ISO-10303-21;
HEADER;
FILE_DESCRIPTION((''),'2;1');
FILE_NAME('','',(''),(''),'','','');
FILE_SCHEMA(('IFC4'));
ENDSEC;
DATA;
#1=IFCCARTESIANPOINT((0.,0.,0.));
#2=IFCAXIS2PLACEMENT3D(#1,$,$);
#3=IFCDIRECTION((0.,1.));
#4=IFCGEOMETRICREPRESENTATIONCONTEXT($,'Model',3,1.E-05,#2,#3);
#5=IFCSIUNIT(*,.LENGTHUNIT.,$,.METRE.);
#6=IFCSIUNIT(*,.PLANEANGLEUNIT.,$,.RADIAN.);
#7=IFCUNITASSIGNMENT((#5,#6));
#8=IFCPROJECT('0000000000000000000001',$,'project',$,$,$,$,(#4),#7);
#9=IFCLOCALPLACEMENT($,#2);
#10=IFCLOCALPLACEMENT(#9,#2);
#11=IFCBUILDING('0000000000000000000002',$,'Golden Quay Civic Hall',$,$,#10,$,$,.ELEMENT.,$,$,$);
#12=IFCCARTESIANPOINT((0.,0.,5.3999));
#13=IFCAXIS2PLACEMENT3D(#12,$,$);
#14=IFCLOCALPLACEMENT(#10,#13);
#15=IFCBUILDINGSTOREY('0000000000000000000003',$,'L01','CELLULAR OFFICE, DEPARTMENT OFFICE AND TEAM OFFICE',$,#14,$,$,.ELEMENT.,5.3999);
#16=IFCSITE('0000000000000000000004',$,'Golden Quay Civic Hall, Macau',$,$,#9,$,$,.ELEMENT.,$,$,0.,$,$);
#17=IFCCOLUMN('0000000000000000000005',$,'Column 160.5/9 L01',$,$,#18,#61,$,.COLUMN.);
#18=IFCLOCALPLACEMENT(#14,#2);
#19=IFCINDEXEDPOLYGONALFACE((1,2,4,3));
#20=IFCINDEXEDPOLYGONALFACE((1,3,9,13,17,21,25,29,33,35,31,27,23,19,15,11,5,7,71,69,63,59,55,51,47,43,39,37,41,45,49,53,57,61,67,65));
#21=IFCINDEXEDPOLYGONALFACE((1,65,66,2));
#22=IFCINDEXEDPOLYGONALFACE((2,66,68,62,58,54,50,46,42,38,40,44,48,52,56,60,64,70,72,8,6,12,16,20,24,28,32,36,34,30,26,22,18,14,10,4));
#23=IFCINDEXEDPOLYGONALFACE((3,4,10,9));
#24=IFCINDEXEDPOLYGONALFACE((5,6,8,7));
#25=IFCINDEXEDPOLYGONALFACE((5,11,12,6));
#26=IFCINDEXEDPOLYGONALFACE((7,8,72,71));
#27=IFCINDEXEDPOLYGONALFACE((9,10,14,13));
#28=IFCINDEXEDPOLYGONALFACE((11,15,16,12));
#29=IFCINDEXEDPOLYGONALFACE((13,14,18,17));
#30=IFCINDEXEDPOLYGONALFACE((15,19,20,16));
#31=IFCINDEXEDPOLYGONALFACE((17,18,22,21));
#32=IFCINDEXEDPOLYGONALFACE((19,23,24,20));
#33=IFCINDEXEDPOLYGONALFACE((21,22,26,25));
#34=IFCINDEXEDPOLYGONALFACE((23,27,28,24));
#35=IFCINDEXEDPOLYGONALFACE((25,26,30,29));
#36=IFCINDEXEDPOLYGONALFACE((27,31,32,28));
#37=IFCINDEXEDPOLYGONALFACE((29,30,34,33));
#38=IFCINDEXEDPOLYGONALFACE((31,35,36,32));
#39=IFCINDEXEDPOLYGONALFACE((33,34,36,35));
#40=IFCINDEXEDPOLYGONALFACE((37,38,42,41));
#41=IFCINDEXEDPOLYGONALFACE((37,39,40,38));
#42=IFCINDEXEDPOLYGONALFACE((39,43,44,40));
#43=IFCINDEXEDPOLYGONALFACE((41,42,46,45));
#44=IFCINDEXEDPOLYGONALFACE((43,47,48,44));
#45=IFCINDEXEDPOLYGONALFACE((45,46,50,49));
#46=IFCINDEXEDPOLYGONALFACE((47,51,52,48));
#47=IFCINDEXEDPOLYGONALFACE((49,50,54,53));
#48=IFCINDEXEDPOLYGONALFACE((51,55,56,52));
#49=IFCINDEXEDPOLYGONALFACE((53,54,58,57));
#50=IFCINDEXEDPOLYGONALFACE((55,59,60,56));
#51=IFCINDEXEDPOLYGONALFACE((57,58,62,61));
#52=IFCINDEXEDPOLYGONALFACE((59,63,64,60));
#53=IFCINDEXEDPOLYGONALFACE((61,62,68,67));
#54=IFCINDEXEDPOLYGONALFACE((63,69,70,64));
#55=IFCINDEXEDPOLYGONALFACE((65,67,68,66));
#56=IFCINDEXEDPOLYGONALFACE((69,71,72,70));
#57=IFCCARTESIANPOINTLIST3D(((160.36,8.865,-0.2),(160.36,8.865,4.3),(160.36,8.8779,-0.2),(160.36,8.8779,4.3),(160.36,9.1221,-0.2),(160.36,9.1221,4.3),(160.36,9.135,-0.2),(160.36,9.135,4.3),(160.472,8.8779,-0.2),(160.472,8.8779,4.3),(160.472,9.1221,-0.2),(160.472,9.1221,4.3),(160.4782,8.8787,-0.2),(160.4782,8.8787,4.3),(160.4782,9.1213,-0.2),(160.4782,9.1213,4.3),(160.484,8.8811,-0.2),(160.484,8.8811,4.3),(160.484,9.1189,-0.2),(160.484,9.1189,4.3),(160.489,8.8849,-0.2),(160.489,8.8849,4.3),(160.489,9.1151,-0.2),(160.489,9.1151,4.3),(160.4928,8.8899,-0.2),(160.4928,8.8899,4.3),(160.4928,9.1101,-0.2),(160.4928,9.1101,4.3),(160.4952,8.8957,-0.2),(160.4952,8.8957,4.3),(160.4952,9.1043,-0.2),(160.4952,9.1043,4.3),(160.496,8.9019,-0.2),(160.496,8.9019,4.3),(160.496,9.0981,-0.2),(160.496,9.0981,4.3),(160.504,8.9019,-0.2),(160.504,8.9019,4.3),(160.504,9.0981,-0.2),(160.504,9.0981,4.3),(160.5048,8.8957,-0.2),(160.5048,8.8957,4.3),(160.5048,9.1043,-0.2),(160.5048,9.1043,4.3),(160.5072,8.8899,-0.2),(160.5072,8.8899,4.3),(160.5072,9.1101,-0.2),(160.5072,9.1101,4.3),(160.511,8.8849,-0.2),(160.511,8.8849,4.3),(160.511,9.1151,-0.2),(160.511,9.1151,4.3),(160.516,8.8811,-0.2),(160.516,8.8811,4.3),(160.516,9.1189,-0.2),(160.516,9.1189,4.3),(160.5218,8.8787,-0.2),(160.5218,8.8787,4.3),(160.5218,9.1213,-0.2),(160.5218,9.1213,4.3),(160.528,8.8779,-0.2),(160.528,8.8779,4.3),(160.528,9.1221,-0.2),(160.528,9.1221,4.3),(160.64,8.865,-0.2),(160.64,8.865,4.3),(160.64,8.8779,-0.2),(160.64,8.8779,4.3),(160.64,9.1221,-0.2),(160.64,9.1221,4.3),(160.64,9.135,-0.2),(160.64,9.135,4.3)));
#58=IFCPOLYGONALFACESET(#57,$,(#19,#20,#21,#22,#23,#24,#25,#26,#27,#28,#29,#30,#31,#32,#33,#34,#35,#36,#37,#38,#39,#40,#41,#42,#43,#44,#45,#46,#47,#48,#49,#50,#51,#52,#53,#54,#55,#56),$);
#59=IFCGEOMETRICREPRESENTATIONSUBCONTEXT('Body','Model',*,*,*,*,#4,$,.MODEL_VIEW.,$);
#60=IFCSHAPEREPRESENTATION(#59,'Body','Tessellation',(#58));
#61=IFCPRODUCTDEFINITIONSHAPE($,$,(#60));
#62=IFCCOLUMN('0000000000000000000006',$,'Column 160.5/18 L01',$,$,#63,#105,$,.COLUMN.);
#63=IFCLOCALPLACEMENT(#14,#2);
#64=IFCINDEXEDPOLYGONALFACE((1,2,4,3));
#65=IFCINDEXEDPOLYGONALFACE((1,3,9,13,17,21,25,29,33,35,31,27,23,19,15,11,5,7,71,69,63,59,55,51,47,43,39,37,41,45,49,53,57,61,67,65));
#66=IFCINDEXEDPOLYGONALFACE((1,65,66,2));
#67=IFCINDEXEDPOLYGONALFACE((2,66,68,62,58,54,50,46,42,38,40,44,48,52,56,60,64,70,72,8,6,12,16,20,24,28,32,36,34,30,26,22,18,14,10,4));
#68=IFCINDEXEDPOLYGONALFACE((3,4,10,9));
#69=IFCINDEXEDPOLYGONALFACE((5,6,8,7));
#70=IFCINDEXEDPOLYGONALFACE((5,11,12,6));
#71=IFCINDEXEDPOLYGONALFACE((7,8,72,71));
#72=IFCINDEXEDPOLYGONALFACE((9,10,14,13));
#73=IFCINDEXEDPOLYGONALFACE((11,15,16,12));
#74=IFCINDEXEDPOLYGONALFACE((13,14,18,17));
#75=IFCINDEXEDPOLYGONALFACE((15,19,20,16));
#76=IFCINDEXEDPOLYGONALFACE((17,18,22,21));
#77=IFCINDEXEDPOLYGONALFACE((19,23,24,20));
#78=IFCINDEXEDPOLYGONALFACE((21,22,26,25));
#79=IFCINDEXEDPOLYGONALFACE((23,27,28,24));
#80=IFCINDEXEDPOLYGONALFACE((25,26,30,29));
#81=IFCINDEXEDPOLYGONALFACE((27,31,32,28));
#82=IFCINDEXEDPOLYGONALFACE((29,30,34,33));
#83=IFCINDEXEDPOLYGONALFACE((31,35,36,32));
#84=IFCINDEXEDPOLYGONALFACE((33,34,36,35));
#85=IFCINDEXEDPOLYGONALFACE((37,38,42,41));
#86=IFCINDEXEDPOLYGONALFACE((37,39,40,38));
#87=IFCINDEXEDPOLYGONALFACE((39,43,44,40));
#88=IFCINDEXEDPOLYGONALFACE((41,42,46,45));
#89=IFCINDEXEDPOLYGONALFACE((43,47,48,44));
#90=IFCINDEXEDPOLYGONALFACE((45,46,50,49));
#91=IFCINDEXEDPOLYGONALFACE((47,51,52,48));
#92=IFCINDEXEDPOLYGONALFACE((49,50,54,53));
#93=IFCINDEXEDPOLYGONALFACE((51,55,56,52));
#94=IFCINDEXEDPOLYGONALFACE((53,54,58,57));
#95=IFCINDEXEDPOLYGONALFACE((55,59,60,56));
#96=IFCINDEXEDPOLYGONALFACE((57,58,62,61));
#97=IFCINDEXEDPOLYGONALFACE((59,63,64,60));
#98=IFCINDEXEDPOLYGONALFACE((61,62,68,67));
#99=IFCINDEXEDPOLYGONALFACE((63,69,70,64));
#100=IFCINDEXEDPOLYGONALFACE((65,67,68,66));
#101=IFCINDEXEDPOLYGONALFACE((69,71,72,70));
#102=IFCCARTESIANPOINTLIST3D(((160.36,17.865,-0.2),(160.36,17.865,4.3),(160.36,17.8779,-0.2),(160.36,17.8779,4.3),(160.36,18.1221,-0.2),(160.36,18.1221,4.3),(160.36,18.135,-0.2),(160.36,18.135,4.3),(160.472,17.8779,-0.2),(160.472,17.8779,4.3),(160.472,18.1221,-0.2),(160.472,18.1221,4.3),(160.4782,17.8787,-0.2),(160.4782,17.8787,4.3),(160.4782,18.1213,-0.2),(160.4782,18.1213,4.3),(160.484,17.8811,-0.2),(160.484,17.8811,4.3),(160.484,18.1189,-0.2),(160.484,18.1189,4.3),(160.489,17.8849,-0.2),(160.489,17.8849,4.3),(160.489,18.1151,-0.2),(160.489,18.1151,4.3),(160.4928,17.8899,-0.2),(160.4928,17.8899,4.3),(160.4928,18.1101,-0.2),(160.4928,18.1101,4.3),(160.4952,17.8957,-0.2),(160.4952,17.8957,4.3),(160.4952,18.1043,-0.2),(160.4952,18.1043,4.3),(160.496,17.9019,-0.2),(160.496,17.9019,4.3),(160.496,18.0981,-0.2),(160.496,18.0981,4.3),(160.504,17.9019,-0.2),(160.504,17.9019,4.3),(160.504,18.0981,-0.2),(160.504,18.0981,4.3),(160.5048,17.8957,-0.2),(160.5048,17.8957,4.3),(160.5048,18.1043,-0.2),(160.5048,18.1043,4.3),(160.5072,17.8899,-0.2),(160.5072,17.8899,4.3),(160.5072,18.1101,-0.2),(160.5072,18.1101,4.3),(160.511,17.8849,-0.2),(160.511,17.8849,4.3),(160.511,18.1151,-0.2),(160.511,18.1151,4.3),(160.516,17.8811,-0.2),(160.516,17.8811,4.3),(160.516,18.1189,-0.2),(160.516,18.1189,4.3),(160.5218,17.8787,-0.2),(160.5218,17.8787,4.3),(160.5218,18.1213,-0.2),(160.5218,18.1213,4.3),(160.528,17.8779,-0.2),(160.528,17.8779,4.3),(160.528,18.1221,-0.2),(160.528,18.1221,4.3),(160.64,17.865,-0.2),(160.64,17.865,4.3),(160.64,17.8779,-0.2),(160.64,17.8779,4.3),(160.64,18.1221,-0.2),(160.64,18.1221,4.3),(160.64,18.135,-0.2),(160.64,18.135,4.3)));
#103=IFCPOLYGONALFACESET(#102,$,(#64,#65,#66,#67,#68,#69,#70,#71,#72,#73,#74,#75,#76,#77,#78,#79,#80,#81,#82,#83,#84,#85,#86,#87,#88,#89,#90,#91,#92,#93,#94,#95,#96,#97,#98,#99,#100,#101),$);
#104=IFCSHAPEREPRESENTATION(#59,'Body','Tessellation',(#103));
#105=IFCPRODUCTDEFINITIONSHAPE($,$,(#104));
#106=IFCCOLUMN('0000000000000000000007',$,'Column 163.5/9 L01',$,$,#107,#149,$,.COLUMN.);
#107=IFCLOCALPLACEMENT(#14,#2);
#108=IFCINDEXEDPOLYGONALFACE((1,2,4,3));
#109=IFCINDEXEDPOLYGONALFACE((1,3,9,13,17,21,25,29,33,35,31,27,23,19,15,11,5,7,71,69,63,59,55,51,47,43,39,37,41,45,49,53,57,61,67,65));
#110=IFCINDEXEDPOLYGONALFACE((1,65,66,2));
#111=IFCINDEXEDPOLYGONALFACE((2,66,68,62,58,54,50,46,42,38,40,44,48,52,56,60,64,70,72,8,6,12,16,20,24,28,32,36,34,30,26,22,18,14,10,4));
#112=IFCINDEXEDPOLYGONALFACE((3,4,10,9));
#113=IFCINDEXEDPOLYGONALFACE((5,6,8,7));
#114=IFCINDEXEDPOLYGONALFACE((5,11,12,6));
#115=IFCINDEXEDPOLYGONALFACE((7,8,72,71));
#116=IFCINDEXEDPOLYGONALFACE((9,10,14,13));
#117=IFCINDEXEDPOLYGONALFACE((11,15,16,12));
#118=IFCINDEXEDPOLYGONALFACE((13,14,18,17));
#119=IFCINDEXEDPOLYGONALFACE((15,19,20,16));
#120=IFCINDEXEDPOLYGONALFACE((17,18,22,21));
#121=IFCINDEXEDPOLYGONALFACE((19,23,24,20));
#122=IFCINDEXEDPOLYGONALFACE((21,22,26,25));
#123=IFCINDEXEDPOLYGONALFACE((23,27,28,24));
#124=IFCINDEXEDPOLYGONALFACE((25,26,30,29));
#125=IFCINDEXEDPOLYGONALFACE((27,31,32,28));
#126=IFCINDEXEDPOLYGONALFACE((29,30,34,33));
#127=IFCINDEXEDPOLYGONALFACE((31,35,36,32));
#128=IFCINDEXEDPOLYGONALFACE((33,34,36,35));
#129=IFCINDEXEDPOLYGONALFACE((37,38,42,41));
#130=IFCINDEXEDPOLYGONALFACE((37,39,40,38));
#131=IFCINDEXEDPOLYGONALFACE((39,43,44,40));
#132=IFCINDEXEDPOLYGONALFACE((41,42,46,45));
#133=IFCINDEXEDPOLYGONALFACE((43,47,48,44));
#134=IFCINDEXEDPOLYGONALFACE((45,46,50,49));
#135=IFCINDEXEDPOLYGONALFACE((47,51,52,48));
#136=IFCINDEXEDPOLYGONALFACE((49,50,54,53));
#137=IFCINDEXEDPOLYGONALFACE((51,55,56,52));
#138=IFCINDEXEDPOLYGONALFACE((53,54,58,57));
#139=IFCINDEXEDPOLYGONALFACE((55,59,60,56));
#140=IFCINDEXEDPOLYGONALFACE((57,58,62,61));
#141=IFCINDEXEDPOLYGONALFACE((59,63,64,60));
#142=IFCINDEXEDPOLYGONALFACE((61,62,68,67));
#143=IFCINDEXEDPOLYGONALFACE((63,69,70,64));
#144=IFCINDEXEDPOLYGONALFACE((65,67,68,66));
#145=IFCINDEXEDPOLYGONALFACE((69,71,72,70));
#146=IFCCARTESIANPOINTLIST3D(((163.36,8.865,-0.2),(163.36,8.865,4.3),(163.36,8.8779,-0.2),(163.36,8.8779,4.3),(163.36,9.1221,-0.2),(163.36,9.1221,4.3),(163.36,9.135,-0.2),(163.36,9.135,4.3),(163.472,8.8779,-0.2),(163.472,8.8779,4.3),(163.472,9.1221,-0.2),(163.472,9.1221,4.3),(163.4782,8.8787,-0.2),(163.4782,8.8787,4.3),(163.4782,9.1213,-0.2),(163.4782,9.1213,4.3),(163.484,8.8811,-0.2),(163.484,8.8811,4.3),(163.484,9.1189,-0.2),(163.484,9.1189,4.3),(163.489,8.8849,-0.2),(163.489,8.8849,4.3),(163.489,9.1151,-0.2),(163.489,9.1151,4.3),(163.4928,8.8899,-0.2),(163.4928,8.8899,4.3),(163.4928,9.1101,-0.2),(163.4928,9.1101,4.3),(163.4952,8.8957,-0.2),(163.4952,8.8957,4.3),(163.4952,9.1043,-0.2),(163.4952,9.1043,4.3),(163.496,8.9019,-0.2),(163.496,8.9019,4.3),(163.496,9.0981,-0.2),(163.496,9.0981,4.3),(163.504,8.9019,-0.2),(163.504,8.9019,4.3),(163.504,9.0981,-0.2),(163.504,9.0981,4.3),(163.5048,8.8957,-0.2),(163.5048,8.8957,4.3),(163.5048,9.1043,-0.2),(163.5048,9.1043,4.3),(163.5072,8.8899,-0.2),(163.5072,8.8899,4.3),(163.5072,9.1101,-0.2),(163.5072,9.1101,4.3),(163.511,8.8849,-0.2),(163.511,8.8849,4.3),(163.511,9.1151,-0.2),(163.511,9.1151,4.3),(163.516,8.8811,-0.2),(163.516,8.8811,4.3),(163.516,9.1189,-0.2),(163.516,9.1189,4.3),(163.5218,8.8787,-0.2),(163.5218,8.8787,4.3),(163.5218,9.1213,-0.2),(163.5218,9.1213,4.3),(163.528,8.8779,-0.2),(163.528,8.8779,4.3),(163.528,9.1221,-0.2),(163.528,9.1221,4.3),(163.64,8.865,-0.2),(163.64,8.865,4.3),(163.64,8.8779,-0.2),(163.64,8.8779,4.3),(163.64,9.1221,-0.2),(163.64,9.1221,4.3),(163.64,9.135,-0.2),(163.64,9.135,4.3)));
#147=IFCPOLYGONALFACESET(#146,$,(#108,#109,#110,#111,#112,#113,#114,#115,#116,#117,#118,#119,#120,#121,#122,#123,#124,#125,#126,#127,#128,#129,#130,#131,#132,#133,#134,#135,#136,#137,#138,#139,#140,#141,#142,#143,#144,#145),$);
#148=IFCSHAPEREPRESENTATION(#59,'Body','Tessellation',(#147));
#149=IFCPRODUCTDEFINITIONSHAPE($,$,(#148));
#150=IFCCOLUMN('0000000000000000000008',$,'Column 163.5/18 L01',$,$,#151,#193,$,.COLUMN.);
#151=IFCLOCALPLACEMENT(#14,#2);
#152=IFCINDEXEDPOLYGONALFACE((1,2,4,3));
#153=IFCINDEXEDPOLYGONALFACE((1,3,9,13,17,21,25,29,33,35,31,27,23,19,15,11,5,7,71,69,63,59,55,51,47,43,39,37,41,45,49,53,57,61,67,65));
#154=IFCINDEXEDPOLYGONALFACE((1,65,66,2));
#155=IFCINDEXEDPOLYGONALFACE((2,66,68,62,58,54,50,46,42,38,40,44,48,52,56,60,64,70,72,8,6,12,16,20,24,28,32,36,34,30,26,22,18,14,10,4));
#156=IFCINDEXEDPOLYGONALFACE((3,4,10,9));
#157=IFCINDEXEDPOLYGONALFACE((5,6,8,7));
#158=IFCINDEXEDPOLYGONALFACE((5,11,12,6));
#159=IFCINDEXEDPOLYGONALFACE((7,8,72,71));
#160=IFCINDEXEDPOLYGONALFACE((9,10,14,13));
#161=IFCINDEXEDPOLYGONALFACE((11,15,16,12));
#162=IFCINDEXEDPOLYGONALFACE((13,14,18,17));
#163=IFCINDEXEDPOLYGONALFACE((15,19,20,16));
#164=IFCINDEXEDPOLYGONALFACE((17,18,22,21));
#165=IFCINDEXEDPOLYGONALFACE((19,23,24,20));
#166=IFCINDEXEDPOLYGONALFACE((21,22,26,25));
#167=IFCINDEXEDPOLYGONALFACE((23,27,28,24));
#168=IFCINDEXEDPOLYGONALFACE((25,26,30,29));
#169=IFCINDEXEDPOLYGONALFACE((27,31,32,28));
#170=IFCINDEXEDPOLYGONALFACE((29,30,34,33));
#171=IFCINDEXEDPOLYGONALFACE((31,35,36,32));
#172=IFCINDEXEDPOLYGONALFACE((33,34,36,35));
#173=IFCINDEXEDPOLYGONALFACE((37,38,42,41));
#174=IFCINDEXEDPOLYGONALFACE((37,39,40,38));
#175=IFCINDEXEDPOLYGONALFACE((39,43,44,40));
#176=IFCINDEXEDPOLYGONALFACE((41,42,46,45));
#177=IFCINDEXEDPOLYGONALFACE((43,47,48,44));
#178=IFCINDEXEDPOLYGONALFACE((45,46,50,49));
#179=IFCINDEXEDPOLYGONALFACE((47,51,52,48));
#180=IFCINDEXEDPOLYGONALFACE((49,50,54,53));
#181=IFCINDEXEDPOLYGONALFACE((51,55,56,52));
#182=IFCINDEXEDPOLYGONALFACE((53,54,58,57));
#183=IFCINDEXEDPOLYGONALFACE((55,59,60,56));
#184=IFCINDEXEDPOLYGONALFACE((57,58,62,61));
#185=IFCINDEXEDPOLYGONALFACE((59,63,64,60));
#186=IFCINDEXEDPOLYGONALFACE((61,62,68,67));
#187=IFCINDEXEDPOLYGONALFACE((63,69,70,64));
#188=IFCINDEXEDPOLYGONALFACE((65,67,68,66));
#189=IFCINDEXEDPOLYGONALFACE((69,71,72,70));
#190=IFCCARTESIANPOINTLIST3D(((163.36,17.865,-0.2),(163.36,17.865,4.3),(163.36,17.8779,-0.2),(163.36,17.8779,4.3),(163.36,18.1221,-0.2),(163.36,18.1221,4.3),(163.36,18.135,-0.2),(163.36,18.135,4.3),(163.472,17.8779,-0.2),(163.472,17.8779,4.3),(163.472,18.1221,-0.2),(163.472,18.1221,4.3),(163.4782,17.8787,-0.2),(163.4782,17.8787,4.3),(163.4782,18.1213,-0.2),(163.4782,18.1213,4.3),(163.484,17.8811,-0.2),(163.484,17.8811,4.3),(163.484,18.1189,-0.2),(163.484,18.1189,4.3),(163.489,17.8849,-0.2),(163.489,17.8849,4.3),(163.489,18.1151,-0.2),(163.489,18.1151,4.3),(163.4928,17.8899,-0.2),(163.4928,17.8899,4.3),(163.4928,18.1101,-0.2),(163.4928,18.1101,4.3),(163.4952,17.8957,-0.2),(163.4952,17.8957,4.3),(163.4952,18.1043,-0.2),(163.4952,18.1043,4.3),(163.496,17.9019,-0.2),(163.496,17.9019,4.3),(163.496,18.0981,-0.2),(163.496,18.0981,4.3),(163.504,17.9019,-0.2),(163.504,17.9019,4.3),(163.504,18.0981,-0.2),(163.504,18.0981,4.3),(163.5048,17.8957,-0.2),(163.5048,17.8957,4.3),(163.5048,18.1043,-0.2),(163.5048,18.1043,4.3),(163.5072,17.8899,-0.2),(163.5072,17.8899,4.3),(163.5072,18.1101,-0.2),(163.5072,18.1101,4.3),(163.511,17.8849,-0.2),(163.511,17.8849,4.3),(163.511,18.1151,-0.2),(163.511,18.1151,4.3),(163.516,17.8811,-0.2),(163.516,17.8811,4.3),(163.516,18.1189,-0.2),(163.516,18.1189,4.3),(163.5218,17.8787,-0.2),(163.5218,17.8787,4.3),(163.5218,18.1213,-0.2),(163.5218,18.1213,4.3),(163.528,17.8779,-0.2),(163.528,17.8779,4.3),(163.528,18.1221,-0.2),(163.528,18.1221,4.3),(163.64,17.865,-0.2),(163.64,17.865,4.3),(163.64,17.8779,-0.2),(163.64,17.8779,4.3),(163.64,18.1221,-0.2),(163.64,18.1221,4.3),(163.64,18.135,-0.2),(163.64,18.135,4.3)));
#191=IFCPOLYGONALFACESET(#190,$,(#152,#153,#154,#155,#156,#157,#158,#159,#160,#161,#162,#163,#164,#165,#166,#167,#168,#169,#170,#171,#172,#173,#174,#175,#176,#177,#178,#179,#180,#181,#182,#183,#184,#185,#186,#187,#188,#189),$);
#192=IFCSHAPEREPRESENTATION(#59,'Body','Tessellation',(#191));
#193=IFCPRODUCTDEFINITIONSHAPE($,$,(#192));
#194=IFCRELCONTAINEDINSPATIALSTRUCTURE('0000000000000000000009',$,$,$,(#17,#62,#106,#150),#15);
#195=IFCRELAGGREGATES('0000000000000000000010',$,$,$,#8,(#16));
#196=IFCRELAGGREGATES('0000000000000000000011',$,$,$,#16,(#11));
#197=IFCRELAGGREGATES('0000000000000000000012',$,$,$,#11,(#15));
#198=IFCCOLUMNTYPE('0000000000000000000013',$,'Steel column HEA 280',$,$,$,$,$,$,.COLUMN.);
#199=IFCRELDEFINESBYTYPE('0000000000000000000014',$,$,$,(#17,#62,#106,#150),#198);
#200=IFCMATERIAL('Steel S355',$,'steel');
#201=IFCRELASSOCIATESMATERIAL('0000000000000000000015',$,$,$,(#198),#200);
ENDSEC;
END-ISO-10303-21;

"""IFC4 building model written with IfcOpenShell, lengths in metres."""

from ifc_helpers import new_model, si_unit, direction, frame, origin, origin_2d, place, context, subcontext, project, spatial, i_section, extrude, material, material_profile, profile_set, type_object, element, save


model = new_model("IFC4")

# Units and contexts
model_context = context("Model", 3, precision=1e-05, world=origin(), true_north=direction((0.0, 1.0)))
body_context = subcontext(model_context, "Body", "Model", "MODEL_VIEW")
ifc_project = project(units=[si_unit("LENGTHUNIT", "METRE"), si_unit("PLANEANGLEUNIT", "RADIAN")], contexts=[model_context])

# Site, building, storey
site_placement = place(None, origin())
site = spatial("IfcSite", under=ifc_project, at=site_placement, Name="Golden Quay Civic Hall, Macau", CompositionType="ELEMENT", RefElevation=0.0)
building_placement = place(site_placement, origin())
building = spatial("IfcBuilding", under=site, at=building_placement, Name="Golden Quay Civic Hall", CompositionType="ELEMENT")
storey_placement = place(building_placement, frame((0.0, 0.0, 5.3999)))
storey = spatial("IfcBuildingStorey", under=building, at=storey_placement, Name="L01", Description="CELLULAR OFFICE, DEPARTMENT OFFICE AND TEAM OFFICE", CompositionType="ELEMENT", Elevation=5.3999)

# Columns
ifc_material_1 = material(Name="Steel S355", Category="steel")
ifc_material_profile_1 = material_profile(ifc_material_1, i_section(OverallWidth=0.28, OverallDepth=0.27, WebThickness=0.0081, FlangeThickness=0.0129, FilletRadius=0.0239, at=origin_2d()), Name="HEA 280")
ifc_profile_set_1 = profile_set([ifc_material_profile_1], Name="Steel S355")
column_type = type_object("IfcColumnType", Name="Steel column HEA 280", PredefinedType="COLUMN", material=ifc_profile_set_1)
for number, where, z_axis, x_axis, name in (
    (1, (160.5, 9.0, -0.2), (0.0, 0.0, 1.0), (1.0, 0.0, 0.0), "Column 160.5/9 L01"),
    (2, (160.5, 18.0, -0.2), (0.0, 0.0, 1.0), (1.0, 0.0, 0.0), "Column 160.5/18 L01"),
    (3, (163.5, 9.0, -0.2), (0.0, 0.0, 1.0), (1.0, 0.0, 0.0), "Column 163.5/9 L01"),
    (4, (163.5, 18.0, -0.2), (0.0, 0.0, 1.0), (1.0, 0.0, 0.0), "Column 163.5/18 L01"),
):
    element("IfcColumn", number, at=place(storey_placement, frame(where, z_axis=z_axis, x_axis=x_axis)), inside=storey, type_object=column_type, Name=name, PredefinedType="COLUMN", context=body_context, shape_type="SweptSolid", body=[
        extrude(i_section(OverallWidth=0.28, OverallDepth=0.27, WebThickness=0.0081, FlangeThickness=0.0129, FilletRadius=0.0239, at=origin_2d()), origin(), (0.0, 0.0, 1.0), 4.5),
    ])

save(model, "model.ifc")
